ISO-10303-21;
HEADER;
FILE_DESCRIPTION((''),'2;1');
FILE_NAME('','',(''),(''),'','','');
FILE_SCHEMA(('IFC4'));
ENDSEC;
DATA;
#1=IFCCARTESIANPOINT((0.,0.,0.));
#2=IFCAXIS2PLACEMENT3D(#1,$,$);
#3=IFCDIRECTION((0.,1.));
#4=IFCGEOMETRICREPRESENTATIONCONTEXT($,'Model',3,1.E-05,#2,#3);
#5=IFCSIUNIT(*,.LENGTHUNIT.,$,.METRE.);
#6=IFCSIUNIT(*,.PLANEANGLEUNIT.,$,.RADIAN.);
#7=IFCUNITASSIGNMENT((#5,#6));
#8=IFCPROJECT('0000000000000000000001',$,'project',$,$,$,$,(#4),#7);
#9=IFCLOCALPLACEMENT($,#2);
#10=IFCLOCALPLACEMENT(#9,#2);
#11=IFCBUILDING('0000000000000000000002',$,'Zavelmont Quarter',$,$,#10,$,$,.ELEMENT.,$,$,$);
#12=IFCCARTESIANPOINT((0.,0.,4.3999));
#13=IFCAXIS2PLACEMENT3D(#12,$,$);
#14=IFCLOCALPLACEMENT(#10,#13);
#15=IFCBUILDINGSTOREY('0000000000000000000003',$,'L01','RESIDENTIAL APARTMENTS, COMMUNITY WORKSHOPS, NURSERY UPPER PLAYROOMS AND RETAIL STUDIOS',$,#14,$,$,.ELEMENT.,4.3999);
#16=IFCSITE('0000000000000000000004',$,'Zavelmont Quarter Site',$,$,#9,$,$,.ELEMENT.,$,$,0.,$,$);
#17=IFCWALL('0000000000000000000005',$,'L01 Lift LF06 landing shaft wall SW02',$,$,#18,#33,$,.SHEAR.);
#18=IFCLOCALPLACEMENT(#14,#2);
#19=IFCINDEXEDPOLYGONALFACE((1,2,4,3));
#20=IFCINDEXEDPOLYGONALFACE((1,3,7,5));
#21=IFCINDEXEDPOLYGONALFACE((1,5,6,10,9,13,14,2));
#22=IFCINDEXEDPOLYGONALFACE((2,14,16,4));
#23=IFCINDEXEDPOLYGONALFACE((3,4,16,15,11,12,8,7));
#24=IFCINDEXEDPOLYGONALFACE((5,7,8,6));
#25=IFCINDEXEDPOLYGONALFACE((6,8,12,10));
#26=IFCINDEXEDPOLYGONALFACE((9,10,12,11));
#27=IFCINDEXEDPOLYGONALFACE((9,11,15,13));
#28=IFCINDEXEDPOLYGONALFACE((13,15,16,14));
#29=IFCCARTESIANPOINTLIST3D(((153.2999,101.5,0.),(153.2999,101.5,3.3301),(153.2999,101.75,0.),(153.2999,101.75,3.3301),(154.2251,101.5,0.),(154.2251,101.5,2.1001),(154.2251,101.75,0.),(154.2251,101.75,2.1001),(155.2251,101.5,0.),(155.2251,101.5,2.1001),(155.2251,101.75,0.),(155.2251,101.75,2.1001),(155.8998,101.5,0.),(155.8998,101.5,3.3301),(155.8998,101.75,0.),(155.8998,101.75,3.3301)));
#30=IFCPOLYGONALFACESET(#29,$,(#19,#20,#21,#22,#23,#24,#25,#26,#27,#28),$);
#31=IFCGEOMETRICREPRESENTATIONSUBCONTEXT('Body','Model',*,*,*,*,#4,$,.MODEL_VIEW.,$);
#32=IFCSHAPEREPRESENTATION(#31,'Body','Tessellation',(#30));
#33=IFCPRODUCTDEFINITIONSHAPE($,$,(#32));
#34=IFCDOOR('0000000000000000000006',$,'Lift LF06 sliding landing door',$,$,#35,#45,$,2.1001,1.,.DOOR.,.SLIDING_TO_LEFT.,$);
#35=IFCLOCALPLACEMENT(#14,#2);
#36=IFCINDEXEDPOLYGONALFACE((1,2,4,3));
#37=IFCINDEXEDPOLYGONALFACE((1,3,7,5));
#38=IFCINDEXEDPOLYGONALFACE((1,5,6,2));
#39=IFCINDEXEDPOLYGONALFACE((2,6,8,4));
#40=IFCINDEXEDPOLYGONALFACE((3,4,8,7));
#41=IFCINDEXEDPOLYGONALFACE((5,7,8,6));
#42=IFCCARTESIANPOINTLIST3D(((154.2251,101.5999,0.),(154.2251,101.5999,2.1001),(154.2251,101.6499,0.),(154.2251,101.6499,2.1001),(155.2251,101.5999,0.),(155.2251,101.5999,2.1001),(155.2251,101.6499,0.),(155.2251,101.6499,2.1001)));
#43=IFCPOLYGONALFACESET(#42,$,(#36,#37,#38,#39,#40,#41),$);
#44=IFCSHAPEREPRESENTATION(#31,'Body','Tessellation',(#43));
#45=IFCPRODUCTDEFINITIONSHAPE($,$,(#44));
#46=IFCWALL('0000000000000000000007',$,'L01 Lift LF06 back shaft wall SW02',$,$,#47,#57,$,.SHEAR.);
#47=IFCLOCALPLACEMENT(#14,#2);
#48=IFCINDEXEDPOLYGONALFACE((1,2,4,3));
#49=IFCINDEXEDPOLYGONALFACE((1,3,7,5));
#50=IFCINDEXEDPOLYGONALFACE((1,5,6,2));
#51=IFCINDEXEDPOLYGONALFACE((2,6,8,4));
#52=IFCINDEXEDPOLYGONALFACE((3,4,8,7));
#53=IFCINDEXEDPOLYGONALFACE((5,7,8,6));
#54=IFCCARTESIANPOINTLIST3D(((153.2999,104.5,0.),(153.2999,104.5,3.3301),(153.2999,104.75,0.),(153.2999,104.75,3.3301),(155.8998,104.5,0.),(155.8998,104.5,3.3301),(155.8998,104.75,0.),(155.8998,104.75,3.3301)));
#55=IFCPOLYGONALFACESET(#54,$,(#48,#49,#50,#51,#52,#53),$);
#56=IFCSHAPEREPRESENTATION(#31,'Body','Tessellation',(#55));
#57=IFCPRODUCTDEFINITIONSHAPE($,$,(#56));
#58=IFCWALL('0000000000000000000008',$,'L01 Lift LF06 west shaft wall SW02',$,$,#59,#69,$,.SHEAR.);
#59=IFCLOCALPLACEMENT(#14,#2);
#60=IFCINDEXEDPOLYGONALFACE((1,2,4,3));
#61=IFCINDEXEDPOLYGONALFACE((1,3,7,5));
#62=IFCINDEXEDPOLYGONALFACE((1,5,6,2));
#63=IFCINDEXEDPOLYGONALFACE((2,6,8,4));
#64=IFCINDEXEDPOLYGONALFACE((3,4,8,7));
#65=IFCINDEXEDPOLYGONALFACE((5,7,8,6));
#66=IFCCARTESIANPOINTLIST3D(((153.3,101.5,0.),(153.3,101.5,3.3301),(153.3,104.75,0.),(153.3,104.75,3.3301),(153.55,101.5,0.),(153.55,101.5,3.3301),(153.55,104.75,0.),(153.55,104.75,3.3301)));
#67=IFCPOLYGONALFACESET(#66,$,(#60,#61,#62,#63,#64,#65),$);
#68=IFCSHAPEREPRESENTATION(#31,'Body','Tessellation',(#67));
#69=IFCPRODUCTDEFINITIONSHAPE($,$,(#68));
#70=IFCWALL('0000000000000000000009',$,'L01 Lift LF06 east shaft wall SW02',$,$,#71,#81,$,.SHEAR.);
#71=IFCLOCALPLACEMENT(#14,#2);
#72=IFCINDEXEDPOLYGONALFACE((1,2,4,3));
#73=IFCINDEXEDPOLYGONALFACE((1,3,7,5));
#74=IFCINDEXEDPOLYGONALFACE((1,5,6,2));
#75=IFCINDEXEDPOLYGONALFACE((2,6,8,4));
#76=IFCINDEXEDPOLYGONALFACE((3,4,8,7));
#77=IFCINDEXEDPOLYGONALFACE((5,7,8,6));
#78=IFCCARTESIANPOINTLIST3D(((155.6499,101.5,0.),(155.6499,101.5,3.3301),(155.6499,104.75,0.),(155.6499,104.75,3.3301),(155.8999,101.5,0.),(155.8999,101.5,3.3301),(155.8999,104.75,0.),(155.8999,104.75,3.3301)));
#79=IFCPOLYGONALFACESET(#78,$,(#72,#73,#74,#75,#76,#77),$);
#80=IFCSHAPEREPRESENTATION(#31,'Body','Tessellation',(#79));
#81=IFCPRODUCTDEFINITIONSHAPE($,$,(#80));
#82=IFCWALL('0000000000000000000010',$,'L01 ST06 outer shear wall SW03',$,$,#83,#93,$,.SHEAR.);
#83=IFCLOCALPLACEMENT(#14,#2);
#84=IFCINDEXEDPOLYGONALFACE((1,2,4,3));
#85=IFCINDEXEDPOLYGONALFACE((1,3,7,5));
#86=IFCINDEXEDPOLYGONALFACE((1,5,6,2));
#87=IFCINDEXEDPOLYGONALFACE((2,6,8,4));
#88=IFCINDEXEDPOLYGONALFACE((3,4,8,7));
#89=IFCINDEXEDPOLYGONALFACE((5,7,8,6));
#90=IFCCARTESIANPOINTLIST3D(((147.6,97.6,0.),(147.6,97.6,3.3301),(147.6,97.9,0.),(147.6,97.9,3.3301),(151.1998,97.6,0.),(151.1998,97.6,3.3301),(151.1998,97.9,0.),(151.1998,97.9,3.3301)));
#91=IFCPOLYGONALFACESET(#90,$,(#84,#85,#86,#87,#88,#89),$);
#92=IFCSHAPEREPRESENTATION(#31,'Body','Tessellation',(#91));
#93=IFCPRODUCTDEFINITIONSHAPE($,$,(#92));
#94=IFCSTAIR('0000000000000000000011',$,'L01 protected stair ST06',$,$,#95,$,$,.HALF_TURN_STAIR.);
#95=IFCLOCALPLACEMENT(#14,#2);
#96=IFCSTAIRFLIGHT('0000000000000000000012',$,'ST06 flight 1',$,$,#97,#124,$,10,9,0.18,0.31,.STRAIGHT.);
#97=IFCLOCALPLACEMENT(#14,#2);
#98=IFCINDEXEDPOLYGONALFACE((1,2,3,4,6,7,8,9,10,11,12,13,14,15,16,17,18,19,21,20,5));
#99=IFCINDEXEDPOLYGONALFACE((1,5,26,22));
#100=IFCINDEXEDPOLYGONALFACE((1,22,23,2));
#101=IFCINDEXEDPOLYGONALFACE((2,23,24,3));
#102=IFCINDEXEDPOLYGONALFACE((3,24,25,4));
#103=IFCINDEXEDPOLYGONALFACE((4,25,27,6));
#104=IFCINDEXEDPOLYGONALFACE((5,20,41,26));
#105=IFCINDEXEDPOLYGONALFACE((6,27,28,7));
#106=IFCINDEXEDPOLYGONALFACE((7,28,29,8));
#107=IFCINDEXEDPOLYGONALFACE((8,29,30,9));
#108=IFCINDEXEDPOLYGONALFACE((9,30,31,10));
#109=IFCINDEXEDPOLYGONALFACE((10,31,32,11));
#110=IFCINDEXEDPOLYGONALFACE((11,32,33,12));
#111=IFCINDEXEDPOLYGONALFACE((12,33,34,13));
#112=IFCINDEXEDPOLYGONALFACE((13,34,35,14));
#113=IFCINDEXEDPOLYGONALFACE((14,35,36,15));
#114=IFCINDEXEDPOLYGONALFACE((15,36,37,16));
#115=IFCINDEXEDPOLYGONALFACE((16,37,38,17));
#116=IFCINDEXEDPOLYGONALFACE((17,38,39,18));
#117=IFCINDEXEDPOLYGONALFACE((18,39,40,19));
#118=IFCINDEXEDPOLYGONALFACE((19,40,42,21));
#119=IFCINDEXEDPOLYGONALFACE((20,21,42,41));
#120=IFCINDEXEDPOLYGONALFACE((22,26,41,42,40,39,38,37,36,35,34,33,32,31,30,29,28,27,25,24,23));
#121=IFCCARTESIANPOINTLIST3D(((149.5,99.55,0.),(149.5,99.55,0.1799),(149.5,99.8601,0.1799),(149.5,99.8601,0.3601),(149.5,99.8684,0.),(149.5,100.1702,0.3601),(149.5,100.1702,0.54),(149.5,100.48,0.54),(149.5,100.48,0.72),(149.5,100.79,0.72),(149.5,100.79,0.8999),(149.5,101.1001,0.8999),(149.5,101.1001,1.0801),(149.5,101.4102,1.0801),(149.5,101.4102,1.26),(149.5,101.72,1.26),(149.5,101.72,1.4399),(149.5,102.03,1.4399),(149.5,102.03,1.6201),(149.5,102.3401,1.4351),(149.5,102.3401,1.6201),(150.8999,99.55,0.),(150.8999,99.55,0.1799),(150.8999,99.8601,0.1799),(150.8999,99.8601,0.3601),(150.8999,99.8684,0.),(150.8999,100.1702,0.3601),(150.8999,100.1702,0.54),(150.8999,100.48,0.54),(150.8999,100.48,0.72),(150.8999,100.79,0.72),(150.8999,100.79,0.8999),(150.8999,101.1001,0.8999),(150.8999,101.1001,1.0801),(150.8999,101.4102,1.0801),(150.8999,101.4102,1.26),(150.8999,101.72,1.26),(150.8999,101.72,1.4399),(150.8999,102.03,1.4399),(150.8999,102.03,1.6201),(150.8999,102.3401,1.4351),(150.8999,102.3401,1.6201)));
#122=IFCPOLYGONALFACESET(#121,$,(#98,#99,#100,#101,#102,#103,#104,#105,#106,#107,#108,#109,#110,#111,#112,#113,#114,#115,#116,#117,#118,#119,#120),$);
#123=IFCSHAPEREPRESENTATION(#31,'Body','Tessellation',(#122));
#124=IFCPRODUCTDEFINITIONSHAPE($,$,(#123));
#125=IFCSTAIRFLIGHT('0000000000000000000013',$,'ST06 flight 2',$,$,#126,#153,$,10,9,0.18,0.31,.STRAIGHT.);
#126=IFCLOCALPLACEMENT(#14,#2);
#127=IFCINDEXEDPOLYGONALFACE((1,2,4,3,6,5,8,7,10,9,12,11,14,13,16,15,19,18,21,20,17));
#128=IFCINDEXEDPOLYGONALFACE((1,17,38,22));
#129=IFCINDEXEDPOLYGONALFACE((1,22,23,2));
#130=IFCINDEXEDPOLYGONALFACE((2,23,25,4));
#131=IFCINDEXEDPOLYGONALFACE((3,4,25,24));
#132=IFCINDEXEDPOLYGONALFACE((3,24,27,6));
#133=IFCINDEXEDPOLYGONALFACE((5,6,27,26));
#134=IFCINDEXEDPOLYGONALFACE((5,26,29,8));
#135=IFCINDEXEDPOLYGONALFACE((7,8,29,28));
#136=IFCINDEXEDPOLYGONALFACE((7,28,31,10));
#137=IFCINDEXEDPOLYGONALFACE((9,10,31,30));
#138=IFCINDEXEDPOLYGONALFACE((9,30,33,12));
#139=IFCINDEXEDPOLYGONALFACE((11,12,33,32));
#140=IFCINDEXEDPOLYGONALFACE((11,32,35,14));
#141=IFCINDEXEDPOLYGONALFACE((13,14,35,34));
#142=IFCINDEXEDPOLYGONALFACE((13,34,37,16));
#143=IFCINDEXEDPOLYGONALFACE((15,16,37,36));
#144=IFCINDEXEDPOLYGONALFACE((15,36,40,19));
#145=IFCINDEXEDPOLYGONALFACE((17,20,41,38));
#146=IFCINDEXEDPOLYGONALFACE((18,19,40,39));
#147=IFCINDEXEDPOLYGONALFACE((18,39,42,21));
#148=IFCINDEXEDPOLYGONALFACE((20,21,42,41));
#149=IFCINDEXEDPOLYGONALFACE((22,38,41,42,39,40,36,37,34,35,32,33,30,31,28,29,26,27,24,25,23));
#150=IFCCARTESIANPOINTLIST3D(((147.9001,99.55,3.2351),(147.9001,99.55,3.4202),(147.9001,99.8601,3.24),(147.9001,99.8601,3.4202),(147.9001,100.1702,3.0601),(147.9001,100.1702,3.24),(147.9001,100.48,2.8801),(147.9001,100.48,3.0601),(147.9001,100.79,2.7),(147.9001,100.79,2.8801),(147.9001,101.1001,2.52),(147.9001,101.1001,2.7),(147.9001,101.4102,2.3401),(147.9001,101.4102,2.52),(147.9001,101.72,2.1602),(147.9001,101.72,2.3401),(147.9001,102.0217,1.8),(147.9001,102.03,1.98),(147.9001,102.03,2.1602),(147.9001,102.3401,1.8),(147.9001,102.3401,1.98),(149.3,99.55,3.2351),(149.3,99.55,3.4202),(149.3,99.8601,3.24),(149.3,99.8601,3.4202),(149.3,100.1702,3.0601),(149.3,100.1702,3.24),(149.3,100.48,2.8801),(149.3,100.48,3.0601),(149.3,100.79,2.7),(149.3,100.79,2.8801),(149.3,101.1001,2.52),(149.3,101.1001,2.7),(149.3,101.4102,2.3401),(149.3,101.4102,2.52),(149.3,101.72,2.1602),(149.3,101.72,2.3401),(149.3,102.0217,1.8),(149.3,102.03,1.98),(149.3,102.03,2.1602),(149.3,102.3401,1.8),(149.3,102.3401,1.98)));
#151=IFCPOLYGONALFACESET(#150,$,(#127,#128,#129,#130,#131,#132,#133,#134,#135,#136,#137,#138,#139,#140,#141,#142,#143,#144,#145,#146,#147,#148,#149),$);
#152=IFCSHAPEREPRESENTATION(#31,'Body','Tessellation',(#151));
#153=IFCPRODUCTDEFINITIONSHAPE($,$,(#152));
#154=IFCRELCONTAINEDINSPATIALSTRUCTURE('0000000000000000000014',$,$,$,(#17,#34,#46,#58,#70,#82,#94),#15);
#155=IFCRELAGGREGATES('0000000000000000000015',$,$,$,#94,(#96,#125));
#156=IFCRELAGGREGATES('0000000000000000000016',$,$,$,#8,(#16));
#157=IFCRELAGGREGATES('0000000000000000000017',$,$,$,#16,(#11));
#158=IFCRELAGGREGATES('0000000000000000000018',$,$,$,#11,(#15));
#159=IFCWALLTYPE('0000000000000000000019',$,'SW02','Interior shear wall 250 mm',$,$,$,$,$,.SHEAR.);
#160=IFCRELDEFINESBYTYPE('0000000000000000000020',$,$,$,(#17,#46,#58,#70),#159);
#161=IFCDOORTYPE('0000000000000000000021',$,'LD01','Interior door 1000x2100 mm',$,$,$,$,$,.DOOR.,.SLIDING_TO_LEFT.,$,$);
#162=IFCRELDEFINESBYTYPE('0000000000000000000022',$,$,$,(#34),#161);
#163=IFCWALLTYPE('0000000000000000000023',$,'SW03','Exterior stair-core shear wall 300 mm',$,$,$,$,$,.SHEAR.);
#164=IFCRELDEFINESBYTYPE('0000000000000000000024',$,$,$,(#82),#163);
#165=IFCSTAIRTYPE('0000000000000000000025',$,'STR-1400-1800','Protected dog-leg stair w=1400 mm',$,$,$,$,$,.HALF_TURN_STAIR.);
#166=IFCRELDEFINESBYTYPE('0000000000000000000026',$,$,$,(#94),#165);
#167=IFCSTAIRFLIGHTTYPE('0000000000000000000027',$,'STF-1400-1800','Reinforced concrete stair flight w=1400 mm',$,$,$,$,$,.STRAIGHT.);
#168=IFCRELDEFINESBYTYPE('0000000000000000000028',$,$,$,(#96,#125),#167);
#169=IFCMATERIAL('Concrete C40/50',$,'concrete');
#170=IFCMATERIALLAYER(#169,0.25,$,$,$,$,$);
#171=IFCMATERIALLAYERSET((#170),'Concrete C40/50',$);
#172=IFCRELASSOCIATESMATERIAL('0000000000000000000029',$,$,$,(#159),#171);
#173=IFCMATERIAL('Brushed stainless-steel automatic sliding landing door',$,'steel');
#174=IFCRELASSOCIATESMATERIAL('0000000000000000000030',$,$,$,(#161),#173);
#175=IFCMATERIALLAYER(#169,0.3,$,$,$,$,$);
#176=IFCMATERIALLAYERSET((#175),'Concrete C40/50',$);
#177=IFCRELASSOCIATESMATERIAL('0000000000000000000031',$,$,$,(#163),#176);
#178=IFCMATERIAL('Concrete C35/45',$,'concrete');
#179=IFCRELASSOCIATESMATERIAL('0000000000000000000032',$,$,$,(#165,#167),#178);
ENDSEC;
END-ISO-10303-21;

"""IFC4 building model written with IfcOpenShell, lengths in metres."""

from ifc_helpers import new_model, si_unit, direction, frame, frame_2d, origin, origin_with_axes, place, context, subcontext, project, spatial, polyline, rectangle, outline, extrude, material, layer, layer_set, type_object, element, fill, aggregate, save


model = new_model("IFC4")

# Units and contexts
model_context = context("Model", 3, precision=1e-05, world=origin(), true_north=direction((0.0, 1.0)))
body_context = subcontext(model_context, "Body", "Model", "MODEL_VIEW")
ifc_project = project(units=[si_unit("LENGTHUNIT", "METRE"), si_unit("PLANEANGLEUNIT", "RADIAN")], contexts=[model_context])

# Site, building, storey
site_placement = place(None, origin())
site = spatial("IfcSite", under=ifc_project, at=site_placement, Name="Zavelmont Quarter Site", CompositionType="ELEMENT", RefElevation=0.0)
building_placement = place(site_placement, origin())
building = spatial("IfcBuilding", under=site, at=building_placement, Name="Zavelmont Quarter", CompositionType="ELEMENT")
storey_placement = place(building_placement, frame((0.0, 0.0, 4.3999)))
storey = spatial("IfcBuildingStorey", under=building, at=storey_placement, Name="L01", Description="RESIDENTIAL APARTMENTS, COMMUNITY WORKSHOPS, NURSERY UPPER PLAYROOMS AND RETAIL STUDIOS", CompositionType="ELEMENT", Elevation=4.3999)

# Shared definitions
ifc_material_1 = material(Name="Concrete C40/50", Category="concrete")

# Shared definitions
ifc_material_2 = material(Name="Concrete C35/45", Category="concrete")

# Wall, opening, door
ifc_layer_1 = layer(ifc_material_1, 0.25)
ifc_layer_set_1 = layer_set([ifc_layer_1], Name="Concrete C40/50")
wall_type_1 = type_object("IfcWallType", Name="SW02", Description="Interior shear wall 250 mm", PredefinedType="SHEAR", material=ifc_layer_set_1)
wall_1_placement = place(storey_placement, frame((153.3, 101.625, 0.0), z_axis=(0.0, 0.0, 1.0), x_axis=(1.0, 0.0, 0.0)))
wall_1 = element("IfcWall", 1, at=wall_1_placement, inside=storey, type_object=wall_type_1, Name="L01 Lift LF06 landing shaft wall SW02", PredefinedType="SHEAR", context=body_context, shape_type="SweptSolid", body=[
    extrude(rectangle(XDim=2.5999, YDim=0.25, at=frame_2d((1.2998, 0.0))), origin(), (0.0, 0.0, 1.0), 3.3301),
])
opening_1_placement = place(wall_1_placement, frame((0.925, 0.0, 0.0)))
opening_1 = element("IfcOpeningElement", 2, at=opening_1_placement, cuts=wall_1, PredefinedType="OPENING", context=body_context, shape_type="SweptSolid", body=[
    extrude(rectangle(XDim=1.0, YDim=2.1001, at=frame_2d((0.5, 1.05))), frame((0.0, 0.137, 0.0), z_axis=(0.0, -1.0, 0.0), x_axis=(1.0, 0.0, 0.0)), (0.0, 0.0, 1.0), 0.2739),
])
ifc_material_3 = material(Name="Brushed stainless-steel automatic sliding landing door", Category="steel")
door_type_1 = type_object("IfcDoorType", Name="LD01", Description="Interior door 1000x2100 mm", OperationType="SLIDING_TO_LEFT", PredefinedType="DOOR", material=ifc_material_3)
door_1_placement = place(opening_1_placement, origin_with_axes())
door_1 = element("IfcDoor", 3, at=door_1_placement, inside=storey, type_object=door_type_1, Name="Lift LF06 sliding landing door", OperationType="SLIDING_TO_LEFT", OverallHeight=2.1001, OverallWidth=1.0, PredefinedType="DOOR", context=body_context, shape_type="SweptSolid", body=[
    extrude(rectangle(XDim=1.0, YDim=2.1001, at=frame_2d((0.5, 1.05))), frame((0.0, 0.0249, 0.0), z_axis=(0.0, -1.0, 0.0), x_axis=(1.0, 0.0, 0.0)), (0.0, 0.0, 1.0), 0.05),
])
fill(opening_1, door_1)

# Walls
wall_2_placement = place(storey_placement, frame((153.3, 104.625, 0.0), z_axis=(0.0, 0.0, 1.0), x_axis=(1.0, 0.0, 0.0)))
element("IfcWall", 4, at=wall_2_placement, inside=storey, type_object=wall_type_1, Name="L01 Lift LF06 back shaft wall SW02", PredefinedType="SHEAR", context=body_context, shape_type="SweptSolid", body=[
    extrude(rectangle(XDim=2.5999, YDim=0.25, at=frame_2d((1.2998, 0.0))), origin(), (0.0, 0.0, 1.0), 3.3301),
])
for number, where, z_axis, x_axis, name in (
    (5, (153.425, 101.5, 0.0), (0.0, 0.0, 1.0), (0.0, 1.0, 0.0), "L01 Lift LF06 west shaft wall SW02"),
    (6, (155.7749, 101.5, 0.0), (0.0, 0.0, 1.0), (0.0, 1.0, 0.0), "L01 Lift LF06 east shaft wall SW02"),
):
    element("IfcWall", number, at=place(storey_placement, frame(where, z_axis=z_axis, x_axis=x_axis)), inside=storey, type_object=wall_type_1, Name=name, PredefinedType="SHEAR", context=body_context, shape_type="SweptSolid", body=[
        extrude(rectangle(XDim=3.25, YDim=0.25, at=frame_2d((1.625, 0.0))), origin(), (0.0, 0.0, 1.0), 3.3301),
    ])
ifc_layer_2 = layer(ifc_material_1, 0.3)
ifc_layer_set_2 = layer_set([ifc_layer_2], Name="Concrete C40/50")
wall_type_2 = type_object("IfcWallType", Name="SW03", Description="Exterior stair-core shear wall 300 mm", PredefinedType="SHEAR", material=ifc_layer_set_2)
wall_3_placement = place(storey_placement, frame((147.6001, 97.75, 0.0), z_axis=(0.0, 0.0, 1.0), x_axis=(1.0, 0.0, 0.0)))
element("IfcWall", 7, at=wall_3_placement, inside=storey, type_object=wall_type_2, Name="L01 ST06 outer shear wall SW03", PredefinedType="SHEAR", context=body_context, shape_type="SweptSolid", body=[
    extrude(rectangle(XDim=3.5999, YDim=0.3, at=frame_2d((1.7998, 0.0))), origin(), (0.0, 0.0, 1.0), 3.3301),
])

# Stair, stair flights
stair_type = type_object("IfcStairType", Name="STR-1400-1800", Description="Protected dog-leg stair w=1400 mm", PredefinedType="HALF_TURN_STAIR", material=ifc_material_2)
stair_placement = place(storey_placement, origin())
stair = element("IfcStair", 8, at=stair_placement, inside=storey, type_object=stair_type, Name="L01 protected stair ST06", PredefinedType="HALF_TURN_STAIR")
stair_flight_type = type_object("IfcStairFlightType", Name="STF-1400-1800", Description="Reinforced concrete stair flight w=1400 mm", PredefinedType="STRAIGHT", material=ifc_material_2)
stair_flight_1_placement = place(storey_placement, frame((150.2, 99.55, 0.0), z_axis=(0.0, 0.0, 1.0), x_axis=(0.0, 1.0, 0.0)))
stair_flight_1 = element("IfcStairFlight", 9, at=stair_flight_1_placement, type_object=stair_flight_type, Name="ST06 flight 1", NumberOfRisers=10, NumberOfTreads=9, PredefinedType="STRAIGHT", RiserHeight=0.18, TreadLength=0.31, context=body_context, shape_type="SweptSolid", body=[
    extrude(outline(polyline([(0.0, 0.0), (0.0, 0.1799), (0.3101, 0.1799), (0.3101, 0.3601), (0.6201, 0.3601), (0.6201, 0.54), (0.9299, 0.54), (0.9299, 0.72), (1.24, 0.72), (1.24, 0.8999), (1.55, 0.8999), (1.55, 1.0801), (1.8601, 1.0801), (1.8601, 1.26), (2.1699, 1.26), (2.1699, 1.4399), (2.48, 1.4399), (2.48, 1.6201), (2.79, 1.6201), (2.79, 1.8), (2.79, 1.4351), (0.3184, 0.0), (0.0, 0.0)])), frame((0.0, 0.7, 0.0), z_axis=(0.0, -1.0, 0.0), x_axis=(1.0, 0.0, 0.0)), (0.0, 0.0, 1.0), 1.3999),
])
stair_flight_2_placement = place(storey_placement, frame((148.6001, 102.3401, 1.8), z_axis=(0.0, 0.0, 1.0), x_axis=(0.0, -1.0, 0.0)))
stair_flight_2 = element("IfcStairFlight", 10, at=stair_flight_2_placement, type_object=stair_flight_type, Name="ST06 flight 2", NumberOfRisers=10, NumberOfTreads=9, PredefinedType="STRAIGHT", RiserHeight=0.18, TreadLength=0.31, context=body_context, shape_type="SweptSolid", body=[
    extrude(outline(polyline([(0.0, 0.0), (0.0, 0.1799), (0.3101, 0.1799), (0.3101, 0.3601), (0.6201, 0.3601), (0.6201, 0.54), (0.9299, 0.54), (0.9299, 0.72), (1.24, 0.72), (1.24, 0.8999), (1.55, 0.8999), (1.55, 1.0801), (1.8601, 1.0801), (1.8601, 1.26), (2.1699, 1.26), (2.1699, 1.4399), (2.48, 1.4399), (2.48, 1.6201), (2.79, 1.6201), (2.79, 1.8), (2.79, 1.4351), (0.3184, 0.0), (0.0, 0.0)])), frame((0.0, 0.7, 0.0), z_axis=(0.0, -1.0, 0.0), x_axis=(1.0, 0.0, 0.0)), (0.0, 0.0, 1.0), 1.3999),
])
aggregate(stair, [stair_flight_1, stair_flight_2])

save(model, "model.ifc")
